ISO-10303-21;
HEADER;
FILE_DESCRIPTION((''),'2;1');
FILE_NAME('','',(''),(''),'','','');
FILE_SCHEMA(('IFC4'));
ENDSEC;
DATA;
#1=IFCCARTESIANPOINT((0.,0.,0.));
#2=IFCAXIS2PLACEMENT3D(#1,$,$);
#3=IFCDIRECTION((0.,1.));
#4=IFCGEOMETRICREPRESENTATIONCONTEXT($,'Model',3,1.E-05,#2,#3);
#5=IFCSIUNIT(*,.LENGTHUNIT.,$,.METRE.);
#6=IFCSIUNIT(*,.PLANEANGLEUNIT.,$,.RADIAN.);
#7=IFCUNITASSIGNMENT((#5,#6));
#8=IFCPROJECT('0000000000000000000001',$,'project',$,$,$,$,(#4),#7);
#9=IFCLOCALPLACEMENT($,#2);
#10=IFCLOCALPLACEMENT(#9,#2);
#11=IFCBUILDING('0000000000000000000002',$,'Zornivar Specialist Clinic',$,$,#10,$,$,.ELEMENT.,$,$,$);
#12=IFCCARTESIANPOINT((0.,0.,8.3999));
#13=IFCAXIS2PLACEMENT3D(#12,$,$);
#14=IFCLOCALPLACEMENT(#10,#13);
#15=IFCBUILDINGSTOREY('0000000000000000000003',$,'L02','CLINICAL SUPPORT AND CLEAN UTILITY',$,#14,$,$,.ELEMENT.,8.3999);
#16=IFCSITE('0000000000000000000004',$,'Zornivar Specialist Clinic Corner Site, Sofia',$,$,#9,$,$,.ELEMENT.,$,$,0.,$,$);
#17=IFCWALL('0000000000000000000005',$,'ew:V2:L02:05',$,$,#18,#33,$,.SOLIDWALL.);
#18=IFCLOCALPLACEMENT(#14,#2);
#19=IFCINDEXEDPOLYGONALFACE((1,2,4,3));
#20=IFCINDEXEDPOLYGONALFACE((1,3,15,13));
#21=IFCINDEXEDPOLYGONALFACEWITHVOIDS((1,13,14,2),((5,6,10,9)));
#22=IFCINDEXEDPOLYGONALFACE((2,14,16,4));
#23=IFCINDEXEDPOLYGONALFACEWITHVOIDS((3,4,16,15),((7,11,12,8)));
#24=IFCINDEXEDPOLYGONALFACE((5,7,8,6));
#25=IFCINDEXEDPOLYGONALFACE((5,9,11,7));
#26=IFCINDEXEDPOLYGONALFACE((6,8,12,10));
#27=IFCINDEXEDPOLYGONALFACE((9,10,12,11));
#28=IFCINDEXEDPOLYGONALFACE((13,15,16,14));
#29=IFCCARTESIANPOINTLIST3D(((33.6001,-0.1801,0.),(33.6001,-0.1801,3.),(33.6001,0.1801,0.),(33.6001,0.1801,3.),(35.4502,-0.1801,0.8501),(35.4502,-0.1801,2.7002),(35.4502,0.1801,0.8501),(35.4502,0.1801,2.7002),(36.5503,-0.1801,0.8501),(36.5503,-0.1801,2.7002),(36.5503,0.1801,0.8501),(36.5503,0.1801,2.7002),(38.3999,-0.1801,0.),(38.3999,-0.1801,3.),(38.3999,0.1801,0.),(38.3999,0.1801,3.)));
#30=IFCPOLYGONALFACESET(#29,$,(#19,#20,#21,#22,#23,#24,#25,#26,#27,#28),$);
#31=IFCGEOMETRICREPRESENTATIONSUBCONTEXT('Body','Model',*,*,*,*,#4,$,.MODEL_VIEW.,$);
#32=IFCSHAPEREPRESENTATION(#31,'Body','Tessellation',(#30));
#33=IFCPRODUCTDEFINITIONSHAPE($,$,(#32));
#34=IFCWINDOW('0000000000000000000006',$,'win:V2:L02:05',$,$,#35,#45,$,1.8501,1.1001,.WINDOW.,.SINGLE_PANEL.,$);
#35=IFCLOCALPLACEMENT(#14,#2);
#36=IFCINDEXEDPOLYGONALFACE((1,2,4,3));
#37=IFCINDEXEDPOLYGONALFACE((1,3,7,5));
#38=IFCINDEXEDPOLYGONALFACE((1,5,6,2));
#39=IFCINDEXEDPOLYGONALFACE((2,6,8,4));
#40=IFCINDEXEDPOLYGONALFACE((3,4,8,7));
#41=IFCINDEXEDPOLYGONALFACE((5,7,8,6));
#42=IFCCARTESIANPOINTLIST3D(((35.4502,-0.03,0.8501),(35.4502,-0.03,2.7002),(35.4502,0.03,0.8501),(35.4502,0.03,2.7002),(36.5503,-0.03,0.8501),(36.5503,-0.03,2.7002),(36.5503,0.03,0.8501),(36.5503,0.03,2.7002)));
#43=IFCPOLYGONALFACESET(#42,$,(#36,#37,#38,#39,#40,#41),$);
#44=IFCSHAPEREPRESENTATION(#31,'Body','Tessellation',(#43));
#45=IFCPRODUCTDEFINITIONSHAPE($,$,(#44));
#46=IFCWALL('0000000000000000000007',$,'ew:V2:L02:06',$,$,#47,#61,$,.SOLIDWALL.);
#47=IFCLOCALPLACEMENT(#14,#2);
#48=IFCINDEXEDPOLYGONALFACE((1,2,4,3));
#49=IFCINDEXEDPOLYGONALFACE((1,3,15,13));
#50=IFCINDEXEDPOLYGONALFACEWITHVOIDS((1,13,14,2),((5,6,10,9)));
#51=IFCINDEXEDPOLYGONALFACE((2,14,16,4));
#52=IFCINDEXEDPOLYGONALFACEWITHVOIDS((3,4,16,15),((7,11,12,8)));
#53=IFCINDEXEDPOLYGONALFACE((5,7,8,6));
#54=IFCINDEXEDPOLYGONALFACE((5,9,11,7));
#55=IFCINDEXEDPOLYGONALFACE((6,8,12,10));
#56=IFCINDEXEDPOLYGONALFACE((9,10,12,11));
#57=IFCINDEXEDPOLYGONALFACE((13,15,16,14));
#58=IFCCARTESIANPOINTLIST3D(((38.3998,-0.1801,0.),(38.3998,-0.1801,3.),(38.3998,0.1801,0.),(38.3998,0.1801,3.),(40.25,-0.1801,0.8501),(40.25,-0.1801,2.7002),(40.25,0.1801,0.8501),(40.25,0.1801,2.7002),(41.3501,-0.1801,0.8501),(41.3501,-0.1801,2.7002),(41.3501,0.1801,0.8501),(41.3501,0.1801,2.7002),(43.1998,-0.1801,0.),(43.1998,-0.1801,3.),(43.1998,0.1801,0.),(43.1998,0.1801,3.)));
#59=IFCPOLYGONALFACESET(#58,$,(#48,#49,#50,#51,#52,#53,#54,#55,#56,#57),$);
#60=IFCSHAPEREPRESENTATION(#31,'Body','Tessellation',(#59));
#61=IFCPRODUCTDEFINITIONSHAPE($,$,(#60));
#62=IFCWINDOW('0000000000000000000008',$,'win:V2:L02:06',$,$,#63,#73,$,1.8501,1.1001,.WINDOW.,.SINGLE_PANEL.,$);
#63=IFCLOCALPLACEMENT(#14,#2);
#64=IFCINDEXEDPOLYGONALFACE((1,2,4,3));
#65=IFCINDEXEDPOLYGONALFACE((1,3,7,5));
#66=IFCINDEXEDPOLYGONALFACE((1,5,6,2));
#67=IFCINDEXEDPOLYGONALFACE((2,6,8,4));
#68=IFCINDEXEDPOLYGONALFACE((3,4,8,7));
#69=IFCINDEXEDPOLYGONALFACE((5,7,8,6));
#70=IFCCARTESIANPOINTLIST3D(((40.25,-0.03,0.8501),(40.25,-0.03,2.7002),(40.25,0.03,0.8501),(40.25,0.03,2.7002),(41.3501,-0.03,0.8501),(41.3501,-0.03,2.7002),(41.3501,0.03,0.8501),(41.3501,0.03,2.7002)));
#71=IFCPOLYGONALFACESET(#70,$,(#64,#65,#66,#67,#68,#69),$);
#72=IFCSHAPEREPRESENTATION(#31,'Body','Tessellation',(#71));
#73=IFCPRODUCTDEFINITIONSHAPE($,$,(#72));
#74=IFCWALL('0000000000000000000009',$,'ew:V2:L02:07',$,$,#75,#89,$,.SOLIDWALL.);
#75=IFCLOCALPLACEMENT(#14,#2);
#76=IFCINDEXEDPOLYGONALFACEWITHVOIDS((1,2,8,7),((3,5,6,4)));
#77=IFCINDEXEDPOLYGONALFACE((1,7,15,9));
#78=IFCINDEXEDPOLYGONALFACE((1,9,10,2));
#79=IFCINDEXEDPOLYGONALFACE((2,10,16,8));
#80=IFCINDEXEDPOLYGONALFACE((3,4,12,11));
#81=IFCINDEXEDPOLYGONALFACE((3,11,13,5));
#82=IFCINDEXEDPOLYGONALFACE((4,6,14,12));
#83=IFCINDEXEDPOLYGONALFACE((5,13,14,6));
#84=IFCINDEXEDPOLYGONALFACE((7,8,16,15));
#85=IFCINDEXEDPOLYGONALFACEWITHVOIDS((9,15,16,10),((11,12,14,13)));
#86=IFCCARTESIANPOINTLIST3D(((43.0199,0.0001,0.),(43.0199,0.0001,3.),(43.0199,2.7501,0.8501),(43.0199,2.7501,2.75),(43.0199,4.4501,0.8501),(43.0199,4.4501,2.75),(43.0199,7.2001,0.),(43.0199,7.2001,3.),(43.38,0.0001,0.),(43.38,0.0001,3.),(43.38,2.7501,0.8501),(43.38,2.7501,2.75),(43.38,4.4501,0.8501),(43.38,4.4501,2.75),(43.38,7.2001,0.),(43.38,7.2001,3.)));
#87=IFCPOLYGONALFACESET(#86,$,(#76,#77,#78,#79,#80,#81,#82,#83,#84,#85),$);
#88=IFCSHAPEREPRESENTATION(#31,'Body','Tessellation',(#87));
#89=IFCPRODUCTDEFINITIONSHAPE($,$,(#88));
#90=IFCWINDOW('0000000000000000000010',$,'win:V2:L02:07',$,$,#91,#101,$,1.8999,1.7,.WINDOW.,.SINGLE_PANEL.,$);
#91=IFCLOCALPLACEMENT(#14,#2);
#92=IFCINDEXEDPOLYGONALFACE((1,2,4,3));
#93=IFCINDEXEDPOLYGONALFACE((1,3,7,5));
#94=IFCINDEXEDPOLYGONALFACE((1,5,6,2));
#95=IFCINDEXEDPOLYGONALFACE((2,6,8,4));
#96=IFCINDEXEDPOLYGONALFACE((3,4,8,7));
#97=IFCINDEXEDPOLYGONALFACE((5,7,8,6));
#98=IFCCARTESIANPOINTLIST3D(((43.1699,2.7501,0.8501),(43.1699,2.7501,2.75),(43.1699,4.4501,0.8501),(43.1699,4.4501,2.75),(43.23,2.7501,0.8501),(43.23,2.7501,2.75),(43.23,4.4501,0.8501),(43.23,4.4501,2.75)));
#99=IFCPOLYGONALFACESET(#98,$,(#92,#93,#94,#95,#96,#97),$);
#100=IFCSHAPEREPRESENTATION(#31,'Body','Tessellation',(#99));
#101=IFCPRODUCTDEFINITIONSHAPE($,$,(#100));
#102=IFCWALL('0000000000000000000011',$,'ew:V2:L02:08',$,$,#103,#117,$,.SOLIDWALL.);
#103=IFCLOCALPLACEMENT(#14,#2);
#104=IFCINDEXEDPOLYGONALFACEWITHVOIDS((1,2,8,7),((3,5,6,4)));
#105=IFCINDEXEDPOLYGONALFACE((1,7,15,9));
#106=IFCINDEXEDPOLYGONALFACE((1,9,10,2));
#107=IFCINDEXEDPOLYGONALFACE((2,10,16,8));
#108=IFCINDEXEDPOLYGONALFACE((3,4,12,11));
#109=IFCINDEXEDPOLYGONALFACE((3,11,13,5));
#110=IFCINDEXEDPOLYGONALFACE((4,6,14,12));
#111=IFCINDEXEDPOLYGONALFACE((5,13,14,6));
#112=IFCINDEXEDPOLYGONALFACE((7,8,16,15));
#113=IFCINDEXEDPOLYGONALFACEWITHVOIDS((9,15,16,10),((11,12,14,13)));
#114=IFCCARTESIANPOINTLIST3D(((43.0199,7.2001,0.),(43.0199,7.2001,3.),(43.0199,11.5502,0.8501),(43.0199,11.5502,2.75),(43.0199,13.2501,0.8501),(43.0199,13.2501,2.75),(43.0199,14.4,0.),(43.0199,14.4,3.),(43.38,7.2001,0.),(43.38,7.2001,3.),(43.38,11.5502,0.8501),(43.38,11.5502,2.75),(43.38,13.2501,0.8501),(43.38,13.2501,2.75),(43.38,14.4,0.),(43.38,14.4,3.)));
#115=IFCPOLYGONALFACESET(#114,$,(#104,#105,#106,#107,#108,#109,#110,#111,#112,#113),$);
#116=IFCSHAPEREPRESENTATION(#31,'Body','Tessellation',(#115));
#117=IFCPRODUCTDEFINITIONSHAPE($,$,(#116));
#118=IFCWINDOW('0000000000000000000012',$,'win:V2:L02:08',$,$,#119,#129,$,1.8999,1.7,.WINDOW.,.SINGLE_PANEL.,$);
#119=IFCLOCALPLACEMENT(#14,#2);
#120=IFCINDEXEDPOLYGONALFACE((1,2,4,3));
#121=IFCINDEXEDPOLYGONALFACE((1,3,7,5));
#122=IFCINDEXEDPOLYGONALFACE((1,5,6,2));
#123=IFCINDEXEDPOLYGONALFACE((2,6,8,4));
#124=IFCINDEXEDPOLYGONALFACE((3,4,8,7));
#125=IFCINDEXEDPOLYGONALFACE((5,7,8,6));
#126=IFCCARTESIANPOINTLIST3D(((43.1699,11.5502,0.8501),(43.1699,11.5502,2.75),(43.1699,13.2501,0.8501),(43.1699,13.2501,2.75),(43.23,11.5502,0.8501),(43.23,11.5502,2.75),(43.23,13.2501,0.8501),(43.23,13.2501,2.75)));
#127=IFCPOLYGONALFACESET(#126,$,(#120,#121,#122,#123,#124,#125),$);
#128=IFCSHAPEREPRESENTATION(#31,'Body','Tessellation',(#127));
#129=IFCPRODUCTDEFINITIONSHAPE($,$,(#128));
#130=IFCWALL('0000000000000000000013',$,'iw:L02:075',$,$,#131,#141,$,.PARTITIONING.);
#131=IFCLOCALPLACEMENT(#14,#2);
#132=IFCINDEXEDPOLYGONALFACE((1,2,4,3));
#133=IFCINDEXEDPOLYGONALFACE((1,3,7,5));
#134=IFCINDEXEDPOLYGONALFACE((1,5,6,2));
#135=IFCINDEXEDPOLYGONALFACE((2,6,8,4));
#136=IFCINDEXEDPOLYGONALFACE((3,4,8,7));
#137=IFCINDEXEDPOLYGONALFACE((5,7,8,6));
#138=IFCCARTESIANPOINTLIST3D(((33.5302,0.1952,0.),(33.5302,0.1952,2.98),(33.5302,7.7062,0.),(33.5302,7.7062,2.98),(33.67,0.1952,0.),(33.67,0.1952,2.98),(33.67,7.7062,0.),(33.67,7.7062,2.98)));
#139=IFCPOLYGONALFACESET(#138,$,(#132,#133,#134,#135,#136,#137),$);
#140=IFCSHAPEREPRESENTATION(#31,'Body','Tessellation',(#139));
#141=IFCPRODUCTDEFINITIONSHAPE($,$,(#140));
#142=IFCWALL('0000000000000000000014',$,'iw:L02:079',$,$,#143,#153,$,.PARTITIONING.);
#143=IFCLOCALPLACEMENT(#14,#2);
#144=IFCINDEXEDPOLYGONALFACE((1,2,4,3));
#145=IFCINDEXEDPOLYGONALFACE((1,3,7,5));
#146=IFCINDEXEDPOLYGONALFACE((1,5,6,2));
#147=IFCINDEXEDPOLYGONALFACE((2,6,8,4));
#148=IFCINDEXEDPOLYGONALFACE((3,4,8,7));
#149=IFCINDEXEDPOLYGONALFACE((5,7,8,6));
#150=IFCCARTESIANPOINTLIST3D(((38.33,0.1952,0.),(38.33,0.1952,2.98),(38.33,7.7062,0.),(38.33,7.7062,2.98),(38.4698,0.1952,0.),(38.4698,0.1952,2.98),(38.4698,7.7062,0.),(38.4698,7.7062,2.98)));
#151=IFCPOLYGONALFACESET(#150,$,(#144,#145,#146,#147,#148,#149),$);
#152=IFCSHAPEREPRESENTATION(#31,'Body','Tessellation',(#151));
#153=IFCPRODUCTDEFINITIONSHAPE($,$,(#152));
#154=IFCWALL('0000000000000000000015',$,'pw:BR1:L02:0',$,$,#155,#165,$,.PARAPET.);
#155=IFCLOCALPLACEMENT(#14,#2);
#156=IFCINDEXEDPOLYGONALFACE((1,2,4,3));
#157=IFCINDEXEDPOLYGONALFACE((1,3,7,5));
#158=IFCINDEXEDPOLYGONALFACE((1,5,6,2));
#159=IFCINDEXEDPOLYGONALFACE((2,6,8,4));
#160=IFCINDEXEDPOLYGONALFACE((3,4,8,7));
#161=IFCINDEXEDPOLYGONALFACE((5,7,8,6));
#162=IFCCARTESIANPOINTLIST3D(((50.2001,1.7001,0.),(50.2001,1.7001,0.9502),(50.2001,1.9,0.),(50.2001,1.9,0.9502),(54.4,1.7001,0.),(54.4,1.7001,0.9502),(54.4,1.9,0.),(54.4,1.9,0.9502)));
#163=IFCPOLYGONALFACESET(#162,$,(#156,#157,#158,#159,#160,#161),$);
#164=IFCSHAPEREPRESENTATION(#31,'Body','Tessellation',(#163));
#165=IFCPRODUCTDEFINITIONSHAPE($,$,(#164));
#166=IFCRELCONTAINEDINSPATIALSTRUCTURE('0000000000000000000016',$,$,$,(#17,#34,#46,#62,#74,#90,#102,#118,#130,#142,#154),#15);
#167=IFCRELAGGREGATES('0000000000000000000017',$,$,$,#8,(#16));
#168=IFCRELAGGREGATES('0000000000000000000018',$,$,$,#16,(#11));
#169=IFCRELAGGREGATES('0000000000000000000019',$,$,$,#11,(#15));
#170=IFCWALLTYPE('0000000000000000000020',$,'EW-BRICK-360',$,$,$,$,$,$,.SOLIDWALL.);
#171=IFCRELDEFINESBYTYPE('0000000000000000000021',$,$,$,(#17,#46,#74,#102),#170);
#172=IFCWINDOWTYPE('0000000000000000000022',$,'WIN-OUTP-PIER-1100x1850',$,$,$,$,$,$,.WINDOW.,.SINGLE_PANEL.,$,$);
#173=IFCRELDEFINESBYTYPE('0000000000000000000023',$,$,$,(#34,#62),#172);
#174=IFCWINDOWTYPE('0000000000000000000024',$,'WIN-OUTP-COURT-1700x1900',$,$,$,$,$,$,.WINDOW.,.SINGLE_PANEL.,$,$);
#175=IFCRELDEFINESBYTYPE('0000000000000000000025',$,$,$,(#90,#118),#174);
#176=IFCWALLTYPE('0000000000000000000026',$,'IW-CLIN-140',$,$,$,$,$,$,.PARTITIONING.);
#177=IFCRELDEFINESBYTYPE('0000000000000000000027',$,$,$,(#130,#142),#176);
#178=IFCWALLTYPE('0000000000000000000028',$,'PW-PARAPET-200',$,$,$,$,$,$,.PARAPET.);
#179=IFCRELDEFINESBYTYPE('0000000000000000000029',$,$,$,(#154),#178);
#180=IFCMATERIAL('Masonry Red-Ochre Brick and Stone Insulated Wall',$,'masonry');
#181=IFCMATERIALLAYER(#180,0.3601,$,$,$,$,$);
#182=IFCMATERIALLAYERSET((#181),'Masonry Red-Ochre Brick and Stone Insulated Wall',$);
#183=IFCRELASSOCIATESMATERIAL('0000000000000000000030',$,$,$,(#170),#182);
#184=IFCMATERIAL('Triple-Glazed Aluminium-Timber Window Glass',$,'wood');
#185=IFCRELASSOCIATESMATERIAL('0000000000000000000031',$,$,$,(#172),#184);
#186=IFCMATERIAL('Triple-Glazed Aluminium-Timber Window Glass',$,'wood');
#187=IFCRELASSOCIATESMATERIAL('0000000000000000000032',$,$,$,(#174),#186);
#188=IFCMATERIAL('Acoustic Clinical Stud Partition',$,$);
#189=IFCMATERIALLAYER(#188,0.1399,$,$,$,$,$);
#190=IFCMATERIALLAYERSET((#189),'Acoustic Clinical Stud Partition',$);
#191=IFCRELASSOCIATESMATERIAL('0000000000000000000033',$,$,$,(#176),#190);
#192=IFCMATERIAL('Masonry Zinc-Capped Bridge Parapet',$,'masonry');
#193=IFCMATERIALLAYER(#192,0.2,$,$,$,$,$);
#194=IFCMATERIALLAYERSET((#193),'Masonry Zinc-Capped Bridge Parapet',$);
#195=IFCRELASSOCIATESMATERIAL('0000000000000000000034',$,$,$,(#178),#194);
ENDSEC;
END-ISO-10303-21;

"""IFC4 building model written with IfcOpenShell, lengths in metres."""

from ifc_helpers import new_model, si_unit, direction, frame, frame_2d, origin, place, context, subcontext, project, spatial, rectangle, extrude, material, layer, layer_set, type_object, element, fill, save


model = new_model("IFC4")

# Units and contexts
model_context = context("Model", 3, precision=1e-05, world=origin(), true_north=direction((0.0, 1.0)))
body_context = subcontext(model_context, "Body", "Model", "MODEL_VIEW")
ifc_project = project(units=[si_unit("LENGTHUNIT", "METRE"), si_unit("PLANEANGLEUNIT", "RADIAN")], contexts=[model_context])

# Site, building, storey
site_placement = place(None, origin())
site = spatial("IfcSite", under=ifc_project, at=site_placement, Name="Zornivar Specialist Clinic Corner Site, Sofia", CompositionType="ELEMENT", RefElevation=0.0)
building_placement = place(site_placement, origin())
building = spatial("IfcBuilding", under=site, at=building_placement, Name="Zornivar Specialist Clinic", CompositionType="ELEMENT")
storey_placement = place(building_placement, frame((0.0, 0.0, 8.3999)))
storey = spatial("IfcBuildingStorey", under=building, at=storey_placement, Name="L02", Description="CLINICAL SUPPORT AND CLEAN UTILITY", CompositionType="ELEMENT", Elevation=8.3999)

# Walls, openings, windows
ifc_material_1 = material(Name="Masonry Red-Ochre Brick and Stone Insulated Wall", Category="masonry")
ifc_layer_1 = layer(ifc_material_1, 0.3601)
ifc_layer_set_1 = layer_set([ifc_layer_1], Name="Masonry Red-Ochre Brick and Stone Insulated Wall")
wall_type_1 = type_object("IfcWallType", Name="EW-BRICK-360", PredefinedType="SOLIDWALL", material=ifc_layer_set_1)
wall_1_placement = place(storey_placement, frame((33.6001, 0.0, 0.0), z_axis=(0.0, 0.0, 1.0), x_axis=(1.0, 0.0, 0.0)))
wall_1 = element("IfcWall", 1, at=wall_1_placement, inside=storey, type_object=wall_type_1, Name="ew:V2:L02:05", PredefinedType="SOLIDWALL", context=body_context, shape_type="SweptSolid", body=[
    extrude(rectangle(XDim=4.7998, YDim=0.3601, at=frame_2d((2.3999, 0.0))), origin(), (0.0, 0.0, 1.0), 3.0),
])
opening_1_placement = place(wall_1_placement, frame((1.8501, 0.0, 0.8501)))
opening_1 = element("IfcOpeningElement", 2, at=opening_1_placement, cuts=wall_1, PredefinedType="OPENING", context=body_context, shape_type="SweptSolid", body=[
    extrude(rectangle(XDim=1.1001, YDim=1.8501, at=frame_2d((0.55, 0.925))), frame((0.0, 0.1899, 0.0), z_axis=(0.0, -1.0, 0.0), x_axis=(1.0, 0.0, 0.0)), (0.0, 0.0, 1.0), 0.3801),
])
ifc_material_2 = material(Name="Triple-Glazed Aluminium-Timber Window Glass", Category="wood")
window_type_1 = type_object("IfcWindowType", Name="WIN-OUTP-PIER-1100x1850", PartitioningType="SINGLE_PANEL", PredefinedType="WINDOW", material=ifc_material_2)
window_1_placement = place(opening_1_placement, origin())
window_1 = element("IfcWindow", 3, at=window_1_placement, inside=storey, type_object=window_type_1, Name="win:V2:L02:05", OverallHeight=1.8501, OverallWidth=1.1001, PartitioningType="SINGLE_PANEL", PredefinedType="WINDOW", context=body_context, shape_type="SweptSolid", body=[
    extrude(rectangle(XDim=1.1001, YDim=1.8501, at=frame_2d((0.55, 0.925))), frame((0.0, 0.03, 0.0), z_axis=(0.0, -1.0, 0.0), x_axis=(1.0, 0.0, 0.0)), (0.0, 0.0, 1.0), 0.0601),
])
fill(opening_1, window_1)
wall_2_placement = place(storey_placement, frame((38.3999, 0.0, 0.0), z_axis=(0.0, 0.0, 1.0), x_axis=(1.0, 0.0, 0.0)))
wall_2 = element("IfcWall", 4, at=wall_2_placement, inside=storey, type_object=wall_type_1, Name="ew:V2:L02:06", PredefinedType="SOLIDWALL", context=body_context, shape_type="SweptSolid", body=[
    extrude(rectangle(XDim=4.8, YDim=0.3601, at=frame_2d((2.3999, 0.0))), origin(), (0.0, 0.0, 1.0), 3.0),
])
opening_2_placement = place(wall_2_placement, frame((1.8501, 0.0, 0.8501)))
opening_2 = element("IfcOpeningElement", 5, at=opening_2_placement, cuts=wall_2, PredefinedType="OPENING", context=body_context, shape_type="SweptSolid", body=[
    extrude(rectangle(XDim=1.1001, YDim=1.8501, at=frame_2d((0.55, 0.925))), frame((0.0, 0.1899, 0.0), z_axis=(0.0, -1.0, 0.0), x_axis=(1.0, 0.0, 0.0)), (0.0, 0.0, 1.0), 0.3801),
])
window_2_placement = place(opening_2_placement, origin())
window_2 = element("IfcWindow", 6, at=window_2_placement, inside=storey, type_object=window_type_1, Name="win:V2:L02:06", OverallHeight=1.8501, OverallWidth=1.1001, PartitioningType="SINGLE_PANEL", PredefinedType="WINDOW", context=body_context, shape_type="SweptSolid", body=[
    extrude(rectangle(XDim=1.1001, YDim=1.8501, at=frame_2d((0.55, 0.925))), frame((0.0, 0.03, 0.0), z_axis=(0.0, -1.0, 0.0), x_axis=(1.0, 0.0, 0.0)), (0.0, 0.0, 1.0), 0.0601),
])
fill(opening_2, window_2)
wall_3_placement = place(storey_placement, frame((43.2, 0.0, 0.0), z_axis=(0.0, 0.0, 1.0), x_axis=(0.0, 1.0, 0.0)))
wall_3 = element("IfcWall", 7, at=wall_3_placement, inside=storey, type_object=wall_type_1, Name="ew:V2:L02:07", PredefinedType="SOLIDWALL", context=body_context, shape_type="SweptSolid", body=[
    extrude(rectangle(XDim=7.2, YDim=0.3601, at=frame_2d((3.6001, 0.0))), origin(), (0.0, 0.0, 1.0), 3.0),
])
opening_3_placement = place(wall_3_placement, frame((2.75, 0.0, 0.8501)))
opening_3 = element("IfcOpeningElement", 8, at=opening_3_placement, cuts=wall_3, PredefinedType="OPENING", context=body_context, shape_type="SweptSolid", body=[
    extrude(rectangle(XDim=1.7, YDim=1.8999, at=frame_2d((0.8501, 0.95))), frame((0.0, 0.1899, 0.0), z_axis=(0.0, -1.0, 0.0), x_axis=(1.0, 0.0, 0.0)), (0.0, 0.0, 1.0), 0.3801),
])
ifc_material_3 = material(Name="Triple-Glazed Aluminium-Timber Window Glass", Category="wood")
window_type_2 = type_object("IfcWindowType", Name="WIN-OUTP-COURT-1700x1900", PartitioningType="SINGLE_PANEL", PredefinedType="WINDOW", material=ifc_material_3)
window_3_placement = place(opening_3_placement, origin())
window_3 = element("IfcWindow", 9, at=window_3_placement, inside=storey, type_object=window_type_2, Name="win:V2:L02:07", OverallHeight=1.8999, OverallWidth=1.7, PartitioningType="SINGLE_PANEL", PredefinedType="WINDOW", context=body_context, shape_type="SweptSolid", body=[
    extrude(rectangle(XDim=1.7, YDim=1.8999, at=frame_2d((0.8501, 0.95))), frame((0.0, 0.03, 0.0), z_axis=(0.0, -1.0, 0.0), x_axis=(1.0, 0.0, 0.0)), (0.0, 0.0, 1.0), 0.0601),
])
fill(opening_3, window_3)
wall_4_placement = place(storey_placement, frame((43.2, 7.2, 0.0), z_axis=(0.0, 0.0, 1.0), x_axis=(0.0, 1.0, 0.0)))
wall_4 = element("IfcWall", 10, at=wall_4_placement, inside=storey, type_object=wall_type_1, Name="ew:V2:L02:08", PredefinedType="SOLIDWALL", context=body_context, shape_type="SweptSolid", body=[
    extrude(rectangle(XDim=7.2, YDim=0.3601, at=frame_2d((3.6001, 0.0))), origin(), (0.0, 0.0, 1.0), 3.0),
])
opening_4_placement = place(wall_4_placement, frame((4.3501, 0.0, 0.8501)))
opening_4 = element("IfcOpeningElement", 11, at=opening_4_placement, cuts=wall_4, PredefinedType="OPENING", context=body_context, shape_type="SweptSolid", body=[
    extrude(rectangle(XDim=1.7, YDim=1.8999, at=frame_2d((0.8501, 0.95))), frame((0.0, 0.1899, 0.0), z_axis=(0.0, -1.0, 0.0), x_axis=(1.0, 0.0, 0.0)), (0.0, 0.0, 1.0), 0.3801),
])
window_4_placement = place(opening_4_placement, origin())
window_4 = element("IfcWindow", 12, at=window_4_placement, inside=storey, type_object=window_type_2, Name="win:V2:L02:08", OverallHeight=1.8999, OverallWidth=1.7, PartitioningType="SINGLE_PANEL", PredefinedType="WINDOW", context=body_context, shape_type="SweptSolid", body=[
    extrude(rectangle(XDim=1.7, YDim=1.8999, at=frame_2d((0.8501, 0.95))), frame((0.0, 0.03, 0.0), z_axis=(0.0, -1.0, 0.0), x_axis=(1.0, 0.0, 0.0)), (0.0, 0.0, 1.0), 0.0601),
])
fill(opening_4, window_4)

# Walls
ifc_material_4 = material(Name="Acoustic Clinical Stud Partition")
ifc_layer_2 = layer(ifc_material_4, 0.1399)
ifc_layer_set_2 = layer_set([ifc_layer_2], Name="Acoustic Clinical Stud Partition")
wall_type_2 = type_object("IfcWallType", Name="IW-CLIN-140", PredefinedType="PARTITIONING", material=ifc_layer_set_2)
for number, where, z_axis, x_axis, name in (
    (13, (33.6001, 7.7061, 0.0), (0.0, 0.0, 1.0), (0.0, -1.0, 0.0), "iw:L02:075"),
    (14, (38.3999, 7.7061, 0.0), (0.0, 0.0, 1.0), (0.0, -1.0, 0.0), "iw:L02:079"),
):
    element("IfcWall", number, at=place(storey_placement, frame(where, z_axis=z_axis, x_axis=x_axis)), inside=storey, type_object=wall_type_2, Name=name, PredefinedType="PARTITIONING", context=body_context, shape_type="SweptSolid", body=[
        extrude(rectangle(XDim=7.511, YDim=0.1399, at=frame_2d((3.7554, 0.0))), origin(), (0.0, 0.0, 1.0), 2.98),
    ])

# Wall
ifc_material_5 = material(Name="Masonry Zinc-Capped Bridge Parapet", Category="masonry")
ifc_layer_3 = layer(ifc_material_5, 0.2)
ifc_layer_set_3 = layer_set([ifc_layer_3], Name="Masonry Zinc-Capped Bridge Parapet")
wall_type_3 = type_object("IfcWallType", Name="PW-PARAPET-200", PredefinedType="PARAPET", material=ifc_layer_set_3)
wall_5_placement = place(storey_placement, frame((50.2, 1.8, 0.0), z_axis=(0.0, 0.0, 1.0), x_axis=(1.0, 0.0, 0.0)))
element("IfcWall", 15, at=wall_5_placement, inside=storey, type_object=wall_type_3, Name="pw:BR1:L02:0", PredefinedType="PARAPET", context=body_context, shape_type="SweptSolid", body=[
    extrude(rectangle(XDim=4.2, YDim=0.2, at=frame_2d((2.1001, 0.0))), origin(), (0.0, 0.0, 1.0), 0.9502),
])

save(model, "model.ifc")
